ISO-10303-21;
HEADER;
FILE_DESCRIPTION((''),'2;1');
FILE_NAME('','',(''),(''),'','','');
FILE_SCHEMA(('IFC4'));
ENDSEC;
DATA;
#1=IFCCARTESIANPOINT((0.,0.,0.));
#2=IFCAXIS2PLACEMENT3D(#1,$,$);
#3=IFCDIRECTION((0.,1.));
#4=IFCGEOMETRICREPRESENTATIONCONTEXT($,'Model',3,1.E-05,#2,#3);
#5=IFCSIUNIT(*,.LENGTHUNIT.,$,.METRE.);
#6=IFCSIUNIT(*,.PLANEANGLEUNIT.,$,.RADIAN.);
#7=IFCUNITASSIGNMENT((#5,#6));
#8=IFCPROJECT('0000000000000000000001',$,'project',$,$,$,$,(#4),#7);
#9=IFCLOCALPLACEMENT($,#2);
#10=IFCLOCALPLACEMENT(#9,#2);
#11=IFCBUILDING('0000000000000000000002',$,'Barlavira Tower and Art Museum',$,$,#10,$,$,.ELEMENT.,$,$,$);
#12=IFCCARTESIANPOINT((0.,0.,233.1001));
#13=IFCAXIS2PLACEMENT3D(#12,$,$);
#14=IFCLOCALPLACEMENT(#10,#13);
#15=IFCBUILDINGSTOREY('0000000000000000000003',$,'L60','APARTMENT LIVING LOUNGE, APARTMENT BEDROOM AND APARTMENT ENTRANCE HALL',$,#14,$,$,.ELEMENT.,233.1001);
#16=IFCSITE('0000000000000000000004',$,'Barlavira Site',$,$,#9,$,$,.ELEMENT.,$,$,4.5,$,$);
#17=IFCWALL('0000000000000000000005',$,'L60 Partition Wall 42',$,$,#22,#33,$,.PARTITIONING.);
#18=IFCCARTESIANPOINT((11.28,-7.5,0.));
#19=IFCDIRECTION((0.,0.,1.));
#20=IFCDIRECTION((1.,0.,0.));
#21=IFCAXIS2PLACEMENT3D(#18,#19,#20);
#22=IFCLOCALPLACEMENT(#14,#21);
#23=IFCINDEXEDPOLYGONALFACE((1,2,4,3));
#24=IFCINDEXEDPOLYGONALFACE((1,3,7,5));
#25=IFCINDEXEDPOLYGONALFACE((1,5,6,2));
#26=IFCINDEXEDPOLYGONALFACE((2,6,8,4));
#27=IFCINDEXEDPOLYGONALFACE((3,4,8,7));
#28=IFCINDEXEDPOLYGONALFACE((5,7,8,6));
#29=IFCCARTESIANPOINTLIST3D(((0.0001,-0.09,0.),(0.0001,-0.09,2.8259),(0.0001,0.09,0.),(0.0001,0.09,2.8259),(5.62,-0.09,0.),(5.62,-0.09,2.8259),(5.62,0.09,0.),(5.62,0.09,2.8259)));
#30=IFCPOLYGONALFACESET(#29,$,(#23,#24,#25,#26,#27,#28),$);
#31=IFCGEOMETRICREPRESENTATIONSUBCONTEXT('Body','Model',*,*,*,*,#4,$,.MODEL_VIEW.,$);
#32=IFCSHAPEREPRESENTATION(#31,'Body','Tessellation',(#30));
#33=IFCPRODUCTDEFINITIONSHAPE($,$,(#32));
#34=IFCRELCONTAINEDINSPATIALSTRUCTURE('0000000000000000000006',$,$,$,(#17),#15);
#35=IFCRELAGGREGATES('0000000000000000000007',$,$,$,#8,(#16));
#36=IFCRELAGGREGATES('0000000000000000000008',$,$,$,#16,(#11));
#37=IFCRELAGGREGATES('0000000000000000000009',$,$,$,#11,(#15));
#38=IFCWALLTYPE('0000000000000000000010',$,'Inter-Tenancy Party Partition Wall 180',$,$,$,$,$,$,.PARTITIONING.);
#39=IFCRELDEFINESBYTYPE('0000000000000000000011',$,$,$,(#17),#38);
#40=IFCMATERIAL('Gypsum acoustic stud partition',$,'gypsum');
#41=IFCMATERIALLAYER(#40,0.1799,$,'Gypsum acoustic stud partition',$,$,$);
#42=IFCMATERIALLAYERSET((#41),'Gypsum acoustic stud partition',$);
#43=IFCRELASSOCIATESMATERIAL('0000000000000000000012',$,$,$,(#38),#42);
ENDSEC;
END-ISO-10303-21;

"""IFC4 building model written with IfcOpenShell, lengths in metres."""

from ifc_helpers import new_model, si_unit, direction, frame, frame_2d, origin, place, context, subcontext, project, spatial, rectangle, extrude, material, layer, layer_set, type_object, element, save


model = new_model("IFC4")

# Units and contexts
model_context = context("Model", 3, precision=1e-05, world=origin(), true_north=direction((0.0, 1.0)))
body_context = subcontext(model_context, "Body", "Model", "MODEL_VIEW")
ifc_project = project(units=[si_unit("LENGTHUNIT", "METRE"), si_unit("PLANEANGLEUNIT", "RADIAN")], contexts=[model_context])

# Site, building, storey
site_placement = place(None, origin())
site = spatial("IfcSite", under=ifc_project, at=site_placement, Name="Barlavira Site", CompositionType="ELEMENT", RefElevation=4.5)
building_placement = place(site_placement, origin())
building = spatial("IfcBuilding", under=site, at=building_placement, Name="Barlavira Tower and Art Museum", CompositionType="ELEMENT")
storey_placement = place(building_placement, frame((0.0, 0.0, 233.1001)))
storey = spatial("IfcBuildingStorey", under=building, at=storey_placement, Name="L60", Description="APARTMENT LIVING LOUNGE, APARTMENT BEDROOM AND APARTMENT ENTRANCE HALL", CompositionType="ELEMENT", Elevation=233.1001)

# Wall
ifc_material_1 = material(Name="Gypsum acoustic stud partition", Category="gypsum")
ifc_layer_1 = layer(ifc_material_1, 0.1799, Name="Gypsum acoustic stud partition")
ifc_layer_set_1 = layer_set([ifc_layer_1], Name="Gypsum acoustic stud partition")
wall_type_1 = type_object("IfcWallType", Name="Inter-Tenancy Party Partition Wall 180", PredefinedType="PARTITIONING", material=ifc_layer_set_1)
wall_1_placement = place(storey_placement, frame((11.28, -7.5, 0.0), z_axis=(0.0, 0.0, 1.0), x_axis=(1.0, 0.0, 0.0)))
element("IfcWall", 1, at=wall_1_placement, inside=storey, type_object=wall_type_1, Name="L60 Partition Wall 42", PredefinedType="PARTITIONING", context=body_context, shape_type="SweptSolid", body=[
    extrude(rectangle(XDim=5.6199, YDim=0.1799, at=frame_2d((2.8101, 0.0))), origin(), (0.0, 0.0, 1.0), 2.8259),
])

save(model, "model.ifc")
